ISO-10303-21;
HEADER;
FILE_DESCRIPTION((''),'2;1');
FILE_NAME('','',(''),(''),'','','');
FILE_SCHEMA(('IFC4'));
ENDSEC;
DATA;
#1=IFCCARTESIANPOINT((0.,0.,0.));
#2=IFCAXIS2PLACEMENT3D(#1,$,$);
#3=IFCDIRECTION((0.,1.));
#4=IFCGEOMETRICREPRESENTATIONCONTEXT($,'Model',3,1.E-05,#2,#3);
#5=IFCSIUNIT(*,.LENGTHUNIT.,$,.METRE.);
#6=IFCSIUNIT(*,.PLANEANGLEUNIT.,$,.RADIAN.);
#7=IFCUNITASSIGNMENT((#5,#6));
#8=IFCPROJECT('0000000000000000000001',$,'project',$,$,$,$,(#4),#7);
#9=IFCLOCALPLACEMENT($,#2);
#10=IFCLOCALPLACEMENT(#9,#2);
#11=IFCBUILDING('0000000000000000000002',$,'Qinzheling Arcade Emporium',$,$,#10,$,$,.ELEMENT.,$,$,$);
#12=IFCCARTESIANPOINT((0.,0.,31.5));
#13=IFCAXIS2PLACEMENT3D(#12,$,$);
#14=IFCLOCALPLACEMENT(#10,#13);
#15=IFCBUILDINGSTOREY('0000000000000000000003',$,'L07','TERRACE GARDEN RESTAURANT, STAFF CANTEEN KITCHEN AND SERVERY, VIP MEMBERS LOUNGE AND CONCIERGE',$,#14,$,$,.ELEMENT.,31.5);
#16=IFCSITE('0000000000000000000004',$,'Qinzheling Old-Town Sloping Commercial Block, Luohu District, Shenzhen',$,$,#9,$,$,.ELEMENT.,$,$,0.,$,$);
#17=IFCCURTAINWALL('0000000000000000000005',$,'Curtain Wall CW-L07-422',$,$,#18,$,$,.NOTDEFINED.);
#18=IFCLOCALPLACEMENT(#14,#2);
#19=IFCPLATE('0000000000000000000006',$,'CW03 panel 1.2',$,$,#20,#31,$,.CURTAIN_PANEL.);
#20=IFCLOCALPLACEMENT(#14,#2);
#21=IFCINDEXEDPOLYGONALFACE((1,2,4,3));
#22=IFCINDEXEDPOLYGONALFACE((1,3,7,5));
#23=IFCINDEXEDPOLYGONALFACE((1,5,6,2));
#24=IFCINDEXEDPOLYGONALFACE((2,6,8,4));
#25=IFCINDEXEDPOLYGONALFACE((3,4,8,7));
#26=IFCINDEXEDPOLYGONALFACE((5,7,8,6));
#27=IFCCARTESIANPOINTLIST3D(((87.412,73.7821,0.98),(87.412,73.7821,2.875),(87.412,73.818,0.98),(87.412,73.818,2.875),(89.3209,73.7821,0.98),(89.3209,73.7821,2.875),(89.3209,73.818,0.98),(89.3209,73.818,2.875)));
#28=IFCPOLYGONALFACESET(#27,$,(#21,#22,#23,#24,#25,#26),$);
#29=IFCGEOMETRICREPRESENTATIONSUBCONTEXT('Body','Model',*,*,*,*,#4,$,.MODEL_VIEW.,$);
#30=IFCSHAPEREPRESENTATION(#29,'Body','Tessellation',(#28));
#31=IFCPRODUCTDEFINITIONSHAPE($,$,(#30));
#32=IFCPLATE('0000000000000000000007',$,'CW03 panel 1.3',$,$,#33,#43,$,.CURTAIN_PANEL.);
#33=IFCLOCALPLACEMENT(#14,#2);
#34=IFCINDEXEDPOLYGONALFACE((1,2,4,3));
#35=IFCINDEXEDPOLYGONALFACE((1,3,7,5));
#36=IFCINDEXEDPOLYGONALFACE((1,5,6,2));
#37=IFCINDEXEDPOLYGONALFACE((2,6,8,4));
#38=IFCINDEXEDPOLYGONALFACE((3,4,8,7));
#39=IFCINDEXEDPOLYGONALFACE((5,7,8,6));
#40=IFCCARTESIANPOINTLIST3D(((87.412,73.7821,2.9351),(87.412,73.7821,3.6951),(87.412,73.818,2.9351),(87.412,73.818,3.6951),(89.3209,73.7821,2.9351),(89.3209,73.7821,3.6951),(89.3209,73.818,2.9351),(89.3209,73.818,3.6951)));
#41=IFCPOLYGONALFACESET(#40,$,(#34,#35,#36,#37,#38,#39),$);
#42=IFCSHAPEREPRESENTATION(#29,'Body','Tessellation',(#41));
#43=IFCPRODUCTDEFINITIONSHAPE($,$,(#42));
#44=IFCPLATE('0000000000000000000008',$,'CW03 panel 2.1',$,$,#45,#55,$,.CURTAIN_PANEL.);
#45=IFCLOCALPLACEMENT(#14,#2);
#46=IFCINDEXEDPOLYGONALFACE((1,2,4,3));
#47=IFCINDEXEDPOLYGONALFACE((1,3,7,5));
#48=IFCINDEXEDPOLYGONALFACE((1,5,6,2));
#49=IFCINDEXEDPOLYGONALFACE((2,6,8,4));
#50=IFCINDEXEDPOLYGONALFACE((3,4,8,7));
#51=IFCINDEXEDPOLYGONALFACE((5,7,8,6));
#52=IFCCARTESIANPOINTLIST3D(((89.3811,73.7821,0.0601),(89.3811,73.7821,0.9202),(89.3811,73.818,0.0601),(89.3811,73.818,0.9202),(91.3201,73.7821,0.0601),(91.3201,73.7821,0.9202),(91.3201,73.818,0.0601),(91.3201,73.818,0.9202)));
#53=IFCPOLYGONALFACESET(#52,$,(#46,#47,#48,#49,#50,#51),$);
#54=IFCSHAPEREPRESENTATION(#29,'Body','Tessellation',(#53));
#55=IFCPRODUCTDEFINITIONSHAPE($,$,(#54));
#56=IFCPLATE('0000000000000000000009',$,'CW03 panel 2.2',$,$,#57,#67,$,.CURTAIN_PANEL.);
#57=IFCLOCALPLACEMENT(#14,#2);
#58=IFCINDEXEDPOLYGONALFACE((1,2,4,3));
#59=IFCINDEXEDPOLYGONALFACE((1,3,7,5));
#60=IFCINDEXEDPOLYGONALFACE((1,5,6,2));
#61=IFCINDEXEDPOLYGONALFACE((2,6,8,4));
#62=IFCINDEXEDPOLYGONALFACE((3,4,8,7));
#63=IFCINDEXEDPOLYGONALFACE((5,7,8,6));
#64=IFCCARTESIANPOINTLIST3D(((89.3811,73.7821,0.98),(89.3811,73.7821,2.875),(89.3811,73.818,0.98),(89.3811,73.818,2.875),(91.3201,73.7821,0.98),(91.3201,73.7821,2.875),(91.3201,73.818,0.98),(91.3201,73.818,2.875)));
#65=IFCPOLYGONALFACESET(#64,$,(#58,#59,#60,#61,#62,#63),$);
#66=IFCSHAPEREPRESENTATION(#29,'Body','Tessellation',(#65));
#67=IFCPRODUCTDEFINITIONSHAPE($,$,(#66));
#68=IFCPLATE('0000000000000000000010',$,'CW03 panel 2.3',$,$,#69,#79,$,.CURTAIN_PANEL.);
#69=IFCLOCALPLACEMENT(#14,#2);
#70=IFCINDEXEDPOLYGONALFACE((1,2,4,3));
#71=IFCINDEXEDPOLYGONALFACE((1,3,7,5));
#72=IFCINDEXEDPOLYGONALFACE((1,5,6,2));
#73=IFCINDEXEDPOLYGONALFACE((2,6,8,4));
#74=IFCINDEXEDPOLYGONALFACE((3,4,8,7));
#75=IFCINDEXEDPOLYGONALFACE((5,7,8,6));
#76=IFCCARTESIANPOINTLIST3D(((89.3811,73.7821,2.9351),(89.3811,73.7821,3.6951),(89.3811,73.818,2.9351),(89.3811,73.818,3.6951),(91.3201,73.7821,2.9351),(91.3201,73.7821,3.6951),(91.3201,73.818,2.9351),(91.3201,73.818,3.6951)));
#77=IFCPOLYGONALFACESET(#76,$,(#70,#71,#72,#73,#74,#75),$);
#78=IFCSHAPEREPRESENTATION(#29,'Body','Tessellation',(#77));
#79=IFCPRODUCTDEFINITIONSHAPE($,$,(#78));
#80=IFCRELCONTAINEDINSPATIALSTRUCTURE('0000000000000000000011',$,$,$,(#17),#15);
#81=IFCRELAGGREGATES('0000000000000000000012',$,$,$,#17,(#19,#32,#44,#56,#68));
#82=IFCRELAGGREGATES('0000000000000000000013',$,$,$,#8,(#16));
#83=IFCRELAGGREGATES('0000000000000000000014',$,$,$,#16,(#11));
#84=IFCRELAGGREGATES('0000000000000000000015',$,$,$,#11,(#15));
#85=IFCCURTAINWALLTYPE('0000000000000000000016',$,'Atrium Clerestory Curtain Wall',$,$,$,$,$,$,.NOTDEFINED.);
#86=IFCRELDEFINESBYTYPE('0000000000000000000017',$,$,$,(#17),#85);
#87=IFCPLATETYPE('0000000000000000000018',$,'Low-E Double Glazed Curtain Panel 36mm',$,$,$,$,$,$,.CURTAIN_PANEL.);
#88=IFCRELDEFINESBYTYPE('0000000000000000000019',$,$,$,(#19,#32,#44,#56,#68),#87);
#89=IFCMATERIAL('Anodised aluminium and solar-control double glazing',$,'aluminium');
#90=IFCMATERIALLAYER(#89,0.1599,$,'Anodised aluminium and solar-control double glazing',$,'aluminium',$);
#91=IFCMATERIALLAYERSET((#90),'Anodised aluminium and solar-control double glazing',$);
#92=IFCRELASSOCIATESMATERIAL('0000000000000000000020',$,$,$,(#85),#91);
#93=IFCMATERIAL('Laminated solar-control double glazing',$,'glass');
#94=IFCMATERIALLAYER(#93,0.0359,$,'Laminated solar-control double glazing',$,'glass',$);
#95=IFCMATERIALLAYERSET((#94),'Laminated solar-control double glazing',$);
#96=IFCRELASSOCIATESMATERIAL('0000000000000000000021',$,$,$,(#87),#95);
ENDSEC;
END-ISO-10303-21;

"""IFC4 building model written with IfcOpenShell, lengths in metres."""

from ifc_helpers import new_model, si_unit, direction, frame, origin, origin_2d, place, context, subcontext, project, spatial, rectangle, extrude, material, layer, layer_set, type_object, element, aggregate, save


model = new_model("IFC4")

# Units and contexts
model_context = context("Model", 3, precision=1e-05, world=origin(), true_north=direction((0.0, 1.0)))
body_context = subcontext(model_context, "Body", "Model", "MODEL_VIEW")
ifc_project = project(units=[si_unit("LENGTHUNIT", "METRE"), si_unit("PLANEANGLEUNIT", "RADIAN")], contexts=[model_context])

# Site, building, storey
site_placement = place(None, origin())
site = spatial("IfcSite", under=ifc_project, at=site_placement, Name="Qinzheling Old-Town Sloping Commercial Block, Luohu District, Shenzhen", CompositionType="ELEMENT", RefElevation=0.0)
building_placement = place(site_placement, origin())
building = spatial("IfcBuilding", under=site, at=building_placement, Name="Qinzheling Arcade Emporium", CompositionType="ELEMENT")
storey_placement = place(building_placement, frame((0.0, 0.0, 31.5)))
storey = spatial("IfcBuildingStorey", under=building, at=storey_placement, Name="L07", Description="TERRACE GARDEN RESTAURANT, STAFF CANTEEN KITCHEN AND SERVERY, VIP MEMBERS LOUNGE AND CONCIERGE", CompositionType="ELEMENT", Elevation=31.5)

# Shared definitions
ifc_material_1 = material(Name="Anodised aluminium and solar-control double glazing", Category="aluminium")
ifc_layer_1 = layer(ifc_material_1, 0.1599, Name="Anodised aluminium and solar-control double glazing", Category="aluminium")
ifc_layer_set_1 = layer_set([ifc_layer_1], Name="Anodised aluminium and solar-control double glazing")
curtain_wall_type = type_object("IfcCurtainWallType", Name="Atrium Clerestory Curtain Wall", PredefinedType="NOTDEFINED", material=ifc_layer_set_1)

# Curtain wall
curtain_wall_1_placement = place(storey_placement, origin())
curtain_wall_1 = element("IfcCurtainWall", 1, at=curtain_wall_1_placement, inside=storey, type_object=curtain_wall_type, Name="Curtain Wall CW-L07-422", PredefinedType="NOTDEFINED")

# Plates
ifc_material_2 = material(Name="Laminated solar-control double glazing", Category="glass")
ifc_layer_2 = layer(ifc_material_2, 0.0359, Name="Laminated solar-control double glazing", Category="glass")
ifc_layer_set_2 = layer_set([ifc_layer_2], Name="Laminated solar-control double glazing")
plate_type_1 = type_object("IfcPlateType", Name="Low-E Double Glazed Curtain Panel 36mm", PredefinedType="CURTAIN_PANEL", material=ifc_layer_set_2)
plate_1_placement = place(storey_placement, frame((88.3665, 73.8, 0.98), z_axis=(0.0, 0.0, 1.0), x_axis=(1.0, 0.0, 0.0)))
plate_1 = element("IfcPlate", 2, at=plate_1_placement, type_object=plate_type_1, Name="CW03 panel 1.2", PredefinedType="CURTAIN_PANEL", context=body_context, shape_type="SweptSolid", body=[
    extrude(rectangle(XDim=1.9089, YDim=0.0359, at=origin_2d()), origin(), (0.0, 0.0, 1.0), 1.895),
])
plate_2_placement = place(storey_placement, frame((88.3665, 73.8, 2.9351), z_axis=(0.0, 0.0, 1.0), x_axis=(1.0, 0.0, 0.0)))
plate_2 = element("IfcPlate", 3, at=plate_2_placement, type_object=plate_type_1, Name="CW03 panel 1.3", PredefinedType="CURTAIN_PANEL", context=body_context, shape_type="SweptSolid", body=[
    extrude(rectangle(XDim=1.9089, YDim=0.0359, at=origin_2d()), origin(), (0.0, 0.0, 1.0), 0.76),
])
plate_3_placement = place(storey_placement, frame((90.3506, 73.8, 0.0601), z_axis=(0.0, 0.0, 1.0), x_axis=(1.0, 0.0, 0.0)))
plate_3 = element("IfcPlate", 4, at=plate_3_placement, type_object=plate_type_1, Name="CW03 panel 2.1", PredefinedType="CURTAIN_PANEL", context=body_context, shape_type="SweptSolid", body=[
    extrude(rectangle(XDim=1.939, YDim=0.0359, at=origin_2d()), origin(), (0.0, 0.0, 1.0), 0.8601),
])
plate_4_placement = place(storey_placement, frame((90.3506, 73.8, 0.98), z_axis=(0.0, 0.0, 1.0), x_axis=(1.0, 0.0, 0.0)))
plate_4 = element("IfcPlate", 5, at=plate_4_placement, type_object=plate_type_1, Name="CW03 panel 2.2", PredefinedType="CURTAIN_PANEL", context=body_context, shape_type="SweptSolid", body=[
    extrude(rectangle(XDim=1.939, YDim=0.0359, at=origin_2d()), origin(), (0.0, 0.0, 1.0), 1.895),
])
plate_5_placement = place(storey_placement, frame((90.3506, 73.8, 2.9351), z_axis=(0.0, 0.0, 1.0), x_axis=(1.0, 0.0, 0.0)))
plate_5 = element("IfcPlate", 6, at=plate_5_placement, type_object=plate_type_1, Name="CW03 panel 2.3", PredefinedType="CURTAIN_PANEL", context=body_context, shape_type="SweptSolid", body=[
    extrude(rectangle(XDim=1.939, YDim=0.0359, at=origin_2d()), origin(), (0.0, 0.0, 1.0), 0.76),
])
aggregate(curtain_wall_1, [plate_1, plate_2, plate_3, plate_4, plate_5])

save(model, "model.ifc")
